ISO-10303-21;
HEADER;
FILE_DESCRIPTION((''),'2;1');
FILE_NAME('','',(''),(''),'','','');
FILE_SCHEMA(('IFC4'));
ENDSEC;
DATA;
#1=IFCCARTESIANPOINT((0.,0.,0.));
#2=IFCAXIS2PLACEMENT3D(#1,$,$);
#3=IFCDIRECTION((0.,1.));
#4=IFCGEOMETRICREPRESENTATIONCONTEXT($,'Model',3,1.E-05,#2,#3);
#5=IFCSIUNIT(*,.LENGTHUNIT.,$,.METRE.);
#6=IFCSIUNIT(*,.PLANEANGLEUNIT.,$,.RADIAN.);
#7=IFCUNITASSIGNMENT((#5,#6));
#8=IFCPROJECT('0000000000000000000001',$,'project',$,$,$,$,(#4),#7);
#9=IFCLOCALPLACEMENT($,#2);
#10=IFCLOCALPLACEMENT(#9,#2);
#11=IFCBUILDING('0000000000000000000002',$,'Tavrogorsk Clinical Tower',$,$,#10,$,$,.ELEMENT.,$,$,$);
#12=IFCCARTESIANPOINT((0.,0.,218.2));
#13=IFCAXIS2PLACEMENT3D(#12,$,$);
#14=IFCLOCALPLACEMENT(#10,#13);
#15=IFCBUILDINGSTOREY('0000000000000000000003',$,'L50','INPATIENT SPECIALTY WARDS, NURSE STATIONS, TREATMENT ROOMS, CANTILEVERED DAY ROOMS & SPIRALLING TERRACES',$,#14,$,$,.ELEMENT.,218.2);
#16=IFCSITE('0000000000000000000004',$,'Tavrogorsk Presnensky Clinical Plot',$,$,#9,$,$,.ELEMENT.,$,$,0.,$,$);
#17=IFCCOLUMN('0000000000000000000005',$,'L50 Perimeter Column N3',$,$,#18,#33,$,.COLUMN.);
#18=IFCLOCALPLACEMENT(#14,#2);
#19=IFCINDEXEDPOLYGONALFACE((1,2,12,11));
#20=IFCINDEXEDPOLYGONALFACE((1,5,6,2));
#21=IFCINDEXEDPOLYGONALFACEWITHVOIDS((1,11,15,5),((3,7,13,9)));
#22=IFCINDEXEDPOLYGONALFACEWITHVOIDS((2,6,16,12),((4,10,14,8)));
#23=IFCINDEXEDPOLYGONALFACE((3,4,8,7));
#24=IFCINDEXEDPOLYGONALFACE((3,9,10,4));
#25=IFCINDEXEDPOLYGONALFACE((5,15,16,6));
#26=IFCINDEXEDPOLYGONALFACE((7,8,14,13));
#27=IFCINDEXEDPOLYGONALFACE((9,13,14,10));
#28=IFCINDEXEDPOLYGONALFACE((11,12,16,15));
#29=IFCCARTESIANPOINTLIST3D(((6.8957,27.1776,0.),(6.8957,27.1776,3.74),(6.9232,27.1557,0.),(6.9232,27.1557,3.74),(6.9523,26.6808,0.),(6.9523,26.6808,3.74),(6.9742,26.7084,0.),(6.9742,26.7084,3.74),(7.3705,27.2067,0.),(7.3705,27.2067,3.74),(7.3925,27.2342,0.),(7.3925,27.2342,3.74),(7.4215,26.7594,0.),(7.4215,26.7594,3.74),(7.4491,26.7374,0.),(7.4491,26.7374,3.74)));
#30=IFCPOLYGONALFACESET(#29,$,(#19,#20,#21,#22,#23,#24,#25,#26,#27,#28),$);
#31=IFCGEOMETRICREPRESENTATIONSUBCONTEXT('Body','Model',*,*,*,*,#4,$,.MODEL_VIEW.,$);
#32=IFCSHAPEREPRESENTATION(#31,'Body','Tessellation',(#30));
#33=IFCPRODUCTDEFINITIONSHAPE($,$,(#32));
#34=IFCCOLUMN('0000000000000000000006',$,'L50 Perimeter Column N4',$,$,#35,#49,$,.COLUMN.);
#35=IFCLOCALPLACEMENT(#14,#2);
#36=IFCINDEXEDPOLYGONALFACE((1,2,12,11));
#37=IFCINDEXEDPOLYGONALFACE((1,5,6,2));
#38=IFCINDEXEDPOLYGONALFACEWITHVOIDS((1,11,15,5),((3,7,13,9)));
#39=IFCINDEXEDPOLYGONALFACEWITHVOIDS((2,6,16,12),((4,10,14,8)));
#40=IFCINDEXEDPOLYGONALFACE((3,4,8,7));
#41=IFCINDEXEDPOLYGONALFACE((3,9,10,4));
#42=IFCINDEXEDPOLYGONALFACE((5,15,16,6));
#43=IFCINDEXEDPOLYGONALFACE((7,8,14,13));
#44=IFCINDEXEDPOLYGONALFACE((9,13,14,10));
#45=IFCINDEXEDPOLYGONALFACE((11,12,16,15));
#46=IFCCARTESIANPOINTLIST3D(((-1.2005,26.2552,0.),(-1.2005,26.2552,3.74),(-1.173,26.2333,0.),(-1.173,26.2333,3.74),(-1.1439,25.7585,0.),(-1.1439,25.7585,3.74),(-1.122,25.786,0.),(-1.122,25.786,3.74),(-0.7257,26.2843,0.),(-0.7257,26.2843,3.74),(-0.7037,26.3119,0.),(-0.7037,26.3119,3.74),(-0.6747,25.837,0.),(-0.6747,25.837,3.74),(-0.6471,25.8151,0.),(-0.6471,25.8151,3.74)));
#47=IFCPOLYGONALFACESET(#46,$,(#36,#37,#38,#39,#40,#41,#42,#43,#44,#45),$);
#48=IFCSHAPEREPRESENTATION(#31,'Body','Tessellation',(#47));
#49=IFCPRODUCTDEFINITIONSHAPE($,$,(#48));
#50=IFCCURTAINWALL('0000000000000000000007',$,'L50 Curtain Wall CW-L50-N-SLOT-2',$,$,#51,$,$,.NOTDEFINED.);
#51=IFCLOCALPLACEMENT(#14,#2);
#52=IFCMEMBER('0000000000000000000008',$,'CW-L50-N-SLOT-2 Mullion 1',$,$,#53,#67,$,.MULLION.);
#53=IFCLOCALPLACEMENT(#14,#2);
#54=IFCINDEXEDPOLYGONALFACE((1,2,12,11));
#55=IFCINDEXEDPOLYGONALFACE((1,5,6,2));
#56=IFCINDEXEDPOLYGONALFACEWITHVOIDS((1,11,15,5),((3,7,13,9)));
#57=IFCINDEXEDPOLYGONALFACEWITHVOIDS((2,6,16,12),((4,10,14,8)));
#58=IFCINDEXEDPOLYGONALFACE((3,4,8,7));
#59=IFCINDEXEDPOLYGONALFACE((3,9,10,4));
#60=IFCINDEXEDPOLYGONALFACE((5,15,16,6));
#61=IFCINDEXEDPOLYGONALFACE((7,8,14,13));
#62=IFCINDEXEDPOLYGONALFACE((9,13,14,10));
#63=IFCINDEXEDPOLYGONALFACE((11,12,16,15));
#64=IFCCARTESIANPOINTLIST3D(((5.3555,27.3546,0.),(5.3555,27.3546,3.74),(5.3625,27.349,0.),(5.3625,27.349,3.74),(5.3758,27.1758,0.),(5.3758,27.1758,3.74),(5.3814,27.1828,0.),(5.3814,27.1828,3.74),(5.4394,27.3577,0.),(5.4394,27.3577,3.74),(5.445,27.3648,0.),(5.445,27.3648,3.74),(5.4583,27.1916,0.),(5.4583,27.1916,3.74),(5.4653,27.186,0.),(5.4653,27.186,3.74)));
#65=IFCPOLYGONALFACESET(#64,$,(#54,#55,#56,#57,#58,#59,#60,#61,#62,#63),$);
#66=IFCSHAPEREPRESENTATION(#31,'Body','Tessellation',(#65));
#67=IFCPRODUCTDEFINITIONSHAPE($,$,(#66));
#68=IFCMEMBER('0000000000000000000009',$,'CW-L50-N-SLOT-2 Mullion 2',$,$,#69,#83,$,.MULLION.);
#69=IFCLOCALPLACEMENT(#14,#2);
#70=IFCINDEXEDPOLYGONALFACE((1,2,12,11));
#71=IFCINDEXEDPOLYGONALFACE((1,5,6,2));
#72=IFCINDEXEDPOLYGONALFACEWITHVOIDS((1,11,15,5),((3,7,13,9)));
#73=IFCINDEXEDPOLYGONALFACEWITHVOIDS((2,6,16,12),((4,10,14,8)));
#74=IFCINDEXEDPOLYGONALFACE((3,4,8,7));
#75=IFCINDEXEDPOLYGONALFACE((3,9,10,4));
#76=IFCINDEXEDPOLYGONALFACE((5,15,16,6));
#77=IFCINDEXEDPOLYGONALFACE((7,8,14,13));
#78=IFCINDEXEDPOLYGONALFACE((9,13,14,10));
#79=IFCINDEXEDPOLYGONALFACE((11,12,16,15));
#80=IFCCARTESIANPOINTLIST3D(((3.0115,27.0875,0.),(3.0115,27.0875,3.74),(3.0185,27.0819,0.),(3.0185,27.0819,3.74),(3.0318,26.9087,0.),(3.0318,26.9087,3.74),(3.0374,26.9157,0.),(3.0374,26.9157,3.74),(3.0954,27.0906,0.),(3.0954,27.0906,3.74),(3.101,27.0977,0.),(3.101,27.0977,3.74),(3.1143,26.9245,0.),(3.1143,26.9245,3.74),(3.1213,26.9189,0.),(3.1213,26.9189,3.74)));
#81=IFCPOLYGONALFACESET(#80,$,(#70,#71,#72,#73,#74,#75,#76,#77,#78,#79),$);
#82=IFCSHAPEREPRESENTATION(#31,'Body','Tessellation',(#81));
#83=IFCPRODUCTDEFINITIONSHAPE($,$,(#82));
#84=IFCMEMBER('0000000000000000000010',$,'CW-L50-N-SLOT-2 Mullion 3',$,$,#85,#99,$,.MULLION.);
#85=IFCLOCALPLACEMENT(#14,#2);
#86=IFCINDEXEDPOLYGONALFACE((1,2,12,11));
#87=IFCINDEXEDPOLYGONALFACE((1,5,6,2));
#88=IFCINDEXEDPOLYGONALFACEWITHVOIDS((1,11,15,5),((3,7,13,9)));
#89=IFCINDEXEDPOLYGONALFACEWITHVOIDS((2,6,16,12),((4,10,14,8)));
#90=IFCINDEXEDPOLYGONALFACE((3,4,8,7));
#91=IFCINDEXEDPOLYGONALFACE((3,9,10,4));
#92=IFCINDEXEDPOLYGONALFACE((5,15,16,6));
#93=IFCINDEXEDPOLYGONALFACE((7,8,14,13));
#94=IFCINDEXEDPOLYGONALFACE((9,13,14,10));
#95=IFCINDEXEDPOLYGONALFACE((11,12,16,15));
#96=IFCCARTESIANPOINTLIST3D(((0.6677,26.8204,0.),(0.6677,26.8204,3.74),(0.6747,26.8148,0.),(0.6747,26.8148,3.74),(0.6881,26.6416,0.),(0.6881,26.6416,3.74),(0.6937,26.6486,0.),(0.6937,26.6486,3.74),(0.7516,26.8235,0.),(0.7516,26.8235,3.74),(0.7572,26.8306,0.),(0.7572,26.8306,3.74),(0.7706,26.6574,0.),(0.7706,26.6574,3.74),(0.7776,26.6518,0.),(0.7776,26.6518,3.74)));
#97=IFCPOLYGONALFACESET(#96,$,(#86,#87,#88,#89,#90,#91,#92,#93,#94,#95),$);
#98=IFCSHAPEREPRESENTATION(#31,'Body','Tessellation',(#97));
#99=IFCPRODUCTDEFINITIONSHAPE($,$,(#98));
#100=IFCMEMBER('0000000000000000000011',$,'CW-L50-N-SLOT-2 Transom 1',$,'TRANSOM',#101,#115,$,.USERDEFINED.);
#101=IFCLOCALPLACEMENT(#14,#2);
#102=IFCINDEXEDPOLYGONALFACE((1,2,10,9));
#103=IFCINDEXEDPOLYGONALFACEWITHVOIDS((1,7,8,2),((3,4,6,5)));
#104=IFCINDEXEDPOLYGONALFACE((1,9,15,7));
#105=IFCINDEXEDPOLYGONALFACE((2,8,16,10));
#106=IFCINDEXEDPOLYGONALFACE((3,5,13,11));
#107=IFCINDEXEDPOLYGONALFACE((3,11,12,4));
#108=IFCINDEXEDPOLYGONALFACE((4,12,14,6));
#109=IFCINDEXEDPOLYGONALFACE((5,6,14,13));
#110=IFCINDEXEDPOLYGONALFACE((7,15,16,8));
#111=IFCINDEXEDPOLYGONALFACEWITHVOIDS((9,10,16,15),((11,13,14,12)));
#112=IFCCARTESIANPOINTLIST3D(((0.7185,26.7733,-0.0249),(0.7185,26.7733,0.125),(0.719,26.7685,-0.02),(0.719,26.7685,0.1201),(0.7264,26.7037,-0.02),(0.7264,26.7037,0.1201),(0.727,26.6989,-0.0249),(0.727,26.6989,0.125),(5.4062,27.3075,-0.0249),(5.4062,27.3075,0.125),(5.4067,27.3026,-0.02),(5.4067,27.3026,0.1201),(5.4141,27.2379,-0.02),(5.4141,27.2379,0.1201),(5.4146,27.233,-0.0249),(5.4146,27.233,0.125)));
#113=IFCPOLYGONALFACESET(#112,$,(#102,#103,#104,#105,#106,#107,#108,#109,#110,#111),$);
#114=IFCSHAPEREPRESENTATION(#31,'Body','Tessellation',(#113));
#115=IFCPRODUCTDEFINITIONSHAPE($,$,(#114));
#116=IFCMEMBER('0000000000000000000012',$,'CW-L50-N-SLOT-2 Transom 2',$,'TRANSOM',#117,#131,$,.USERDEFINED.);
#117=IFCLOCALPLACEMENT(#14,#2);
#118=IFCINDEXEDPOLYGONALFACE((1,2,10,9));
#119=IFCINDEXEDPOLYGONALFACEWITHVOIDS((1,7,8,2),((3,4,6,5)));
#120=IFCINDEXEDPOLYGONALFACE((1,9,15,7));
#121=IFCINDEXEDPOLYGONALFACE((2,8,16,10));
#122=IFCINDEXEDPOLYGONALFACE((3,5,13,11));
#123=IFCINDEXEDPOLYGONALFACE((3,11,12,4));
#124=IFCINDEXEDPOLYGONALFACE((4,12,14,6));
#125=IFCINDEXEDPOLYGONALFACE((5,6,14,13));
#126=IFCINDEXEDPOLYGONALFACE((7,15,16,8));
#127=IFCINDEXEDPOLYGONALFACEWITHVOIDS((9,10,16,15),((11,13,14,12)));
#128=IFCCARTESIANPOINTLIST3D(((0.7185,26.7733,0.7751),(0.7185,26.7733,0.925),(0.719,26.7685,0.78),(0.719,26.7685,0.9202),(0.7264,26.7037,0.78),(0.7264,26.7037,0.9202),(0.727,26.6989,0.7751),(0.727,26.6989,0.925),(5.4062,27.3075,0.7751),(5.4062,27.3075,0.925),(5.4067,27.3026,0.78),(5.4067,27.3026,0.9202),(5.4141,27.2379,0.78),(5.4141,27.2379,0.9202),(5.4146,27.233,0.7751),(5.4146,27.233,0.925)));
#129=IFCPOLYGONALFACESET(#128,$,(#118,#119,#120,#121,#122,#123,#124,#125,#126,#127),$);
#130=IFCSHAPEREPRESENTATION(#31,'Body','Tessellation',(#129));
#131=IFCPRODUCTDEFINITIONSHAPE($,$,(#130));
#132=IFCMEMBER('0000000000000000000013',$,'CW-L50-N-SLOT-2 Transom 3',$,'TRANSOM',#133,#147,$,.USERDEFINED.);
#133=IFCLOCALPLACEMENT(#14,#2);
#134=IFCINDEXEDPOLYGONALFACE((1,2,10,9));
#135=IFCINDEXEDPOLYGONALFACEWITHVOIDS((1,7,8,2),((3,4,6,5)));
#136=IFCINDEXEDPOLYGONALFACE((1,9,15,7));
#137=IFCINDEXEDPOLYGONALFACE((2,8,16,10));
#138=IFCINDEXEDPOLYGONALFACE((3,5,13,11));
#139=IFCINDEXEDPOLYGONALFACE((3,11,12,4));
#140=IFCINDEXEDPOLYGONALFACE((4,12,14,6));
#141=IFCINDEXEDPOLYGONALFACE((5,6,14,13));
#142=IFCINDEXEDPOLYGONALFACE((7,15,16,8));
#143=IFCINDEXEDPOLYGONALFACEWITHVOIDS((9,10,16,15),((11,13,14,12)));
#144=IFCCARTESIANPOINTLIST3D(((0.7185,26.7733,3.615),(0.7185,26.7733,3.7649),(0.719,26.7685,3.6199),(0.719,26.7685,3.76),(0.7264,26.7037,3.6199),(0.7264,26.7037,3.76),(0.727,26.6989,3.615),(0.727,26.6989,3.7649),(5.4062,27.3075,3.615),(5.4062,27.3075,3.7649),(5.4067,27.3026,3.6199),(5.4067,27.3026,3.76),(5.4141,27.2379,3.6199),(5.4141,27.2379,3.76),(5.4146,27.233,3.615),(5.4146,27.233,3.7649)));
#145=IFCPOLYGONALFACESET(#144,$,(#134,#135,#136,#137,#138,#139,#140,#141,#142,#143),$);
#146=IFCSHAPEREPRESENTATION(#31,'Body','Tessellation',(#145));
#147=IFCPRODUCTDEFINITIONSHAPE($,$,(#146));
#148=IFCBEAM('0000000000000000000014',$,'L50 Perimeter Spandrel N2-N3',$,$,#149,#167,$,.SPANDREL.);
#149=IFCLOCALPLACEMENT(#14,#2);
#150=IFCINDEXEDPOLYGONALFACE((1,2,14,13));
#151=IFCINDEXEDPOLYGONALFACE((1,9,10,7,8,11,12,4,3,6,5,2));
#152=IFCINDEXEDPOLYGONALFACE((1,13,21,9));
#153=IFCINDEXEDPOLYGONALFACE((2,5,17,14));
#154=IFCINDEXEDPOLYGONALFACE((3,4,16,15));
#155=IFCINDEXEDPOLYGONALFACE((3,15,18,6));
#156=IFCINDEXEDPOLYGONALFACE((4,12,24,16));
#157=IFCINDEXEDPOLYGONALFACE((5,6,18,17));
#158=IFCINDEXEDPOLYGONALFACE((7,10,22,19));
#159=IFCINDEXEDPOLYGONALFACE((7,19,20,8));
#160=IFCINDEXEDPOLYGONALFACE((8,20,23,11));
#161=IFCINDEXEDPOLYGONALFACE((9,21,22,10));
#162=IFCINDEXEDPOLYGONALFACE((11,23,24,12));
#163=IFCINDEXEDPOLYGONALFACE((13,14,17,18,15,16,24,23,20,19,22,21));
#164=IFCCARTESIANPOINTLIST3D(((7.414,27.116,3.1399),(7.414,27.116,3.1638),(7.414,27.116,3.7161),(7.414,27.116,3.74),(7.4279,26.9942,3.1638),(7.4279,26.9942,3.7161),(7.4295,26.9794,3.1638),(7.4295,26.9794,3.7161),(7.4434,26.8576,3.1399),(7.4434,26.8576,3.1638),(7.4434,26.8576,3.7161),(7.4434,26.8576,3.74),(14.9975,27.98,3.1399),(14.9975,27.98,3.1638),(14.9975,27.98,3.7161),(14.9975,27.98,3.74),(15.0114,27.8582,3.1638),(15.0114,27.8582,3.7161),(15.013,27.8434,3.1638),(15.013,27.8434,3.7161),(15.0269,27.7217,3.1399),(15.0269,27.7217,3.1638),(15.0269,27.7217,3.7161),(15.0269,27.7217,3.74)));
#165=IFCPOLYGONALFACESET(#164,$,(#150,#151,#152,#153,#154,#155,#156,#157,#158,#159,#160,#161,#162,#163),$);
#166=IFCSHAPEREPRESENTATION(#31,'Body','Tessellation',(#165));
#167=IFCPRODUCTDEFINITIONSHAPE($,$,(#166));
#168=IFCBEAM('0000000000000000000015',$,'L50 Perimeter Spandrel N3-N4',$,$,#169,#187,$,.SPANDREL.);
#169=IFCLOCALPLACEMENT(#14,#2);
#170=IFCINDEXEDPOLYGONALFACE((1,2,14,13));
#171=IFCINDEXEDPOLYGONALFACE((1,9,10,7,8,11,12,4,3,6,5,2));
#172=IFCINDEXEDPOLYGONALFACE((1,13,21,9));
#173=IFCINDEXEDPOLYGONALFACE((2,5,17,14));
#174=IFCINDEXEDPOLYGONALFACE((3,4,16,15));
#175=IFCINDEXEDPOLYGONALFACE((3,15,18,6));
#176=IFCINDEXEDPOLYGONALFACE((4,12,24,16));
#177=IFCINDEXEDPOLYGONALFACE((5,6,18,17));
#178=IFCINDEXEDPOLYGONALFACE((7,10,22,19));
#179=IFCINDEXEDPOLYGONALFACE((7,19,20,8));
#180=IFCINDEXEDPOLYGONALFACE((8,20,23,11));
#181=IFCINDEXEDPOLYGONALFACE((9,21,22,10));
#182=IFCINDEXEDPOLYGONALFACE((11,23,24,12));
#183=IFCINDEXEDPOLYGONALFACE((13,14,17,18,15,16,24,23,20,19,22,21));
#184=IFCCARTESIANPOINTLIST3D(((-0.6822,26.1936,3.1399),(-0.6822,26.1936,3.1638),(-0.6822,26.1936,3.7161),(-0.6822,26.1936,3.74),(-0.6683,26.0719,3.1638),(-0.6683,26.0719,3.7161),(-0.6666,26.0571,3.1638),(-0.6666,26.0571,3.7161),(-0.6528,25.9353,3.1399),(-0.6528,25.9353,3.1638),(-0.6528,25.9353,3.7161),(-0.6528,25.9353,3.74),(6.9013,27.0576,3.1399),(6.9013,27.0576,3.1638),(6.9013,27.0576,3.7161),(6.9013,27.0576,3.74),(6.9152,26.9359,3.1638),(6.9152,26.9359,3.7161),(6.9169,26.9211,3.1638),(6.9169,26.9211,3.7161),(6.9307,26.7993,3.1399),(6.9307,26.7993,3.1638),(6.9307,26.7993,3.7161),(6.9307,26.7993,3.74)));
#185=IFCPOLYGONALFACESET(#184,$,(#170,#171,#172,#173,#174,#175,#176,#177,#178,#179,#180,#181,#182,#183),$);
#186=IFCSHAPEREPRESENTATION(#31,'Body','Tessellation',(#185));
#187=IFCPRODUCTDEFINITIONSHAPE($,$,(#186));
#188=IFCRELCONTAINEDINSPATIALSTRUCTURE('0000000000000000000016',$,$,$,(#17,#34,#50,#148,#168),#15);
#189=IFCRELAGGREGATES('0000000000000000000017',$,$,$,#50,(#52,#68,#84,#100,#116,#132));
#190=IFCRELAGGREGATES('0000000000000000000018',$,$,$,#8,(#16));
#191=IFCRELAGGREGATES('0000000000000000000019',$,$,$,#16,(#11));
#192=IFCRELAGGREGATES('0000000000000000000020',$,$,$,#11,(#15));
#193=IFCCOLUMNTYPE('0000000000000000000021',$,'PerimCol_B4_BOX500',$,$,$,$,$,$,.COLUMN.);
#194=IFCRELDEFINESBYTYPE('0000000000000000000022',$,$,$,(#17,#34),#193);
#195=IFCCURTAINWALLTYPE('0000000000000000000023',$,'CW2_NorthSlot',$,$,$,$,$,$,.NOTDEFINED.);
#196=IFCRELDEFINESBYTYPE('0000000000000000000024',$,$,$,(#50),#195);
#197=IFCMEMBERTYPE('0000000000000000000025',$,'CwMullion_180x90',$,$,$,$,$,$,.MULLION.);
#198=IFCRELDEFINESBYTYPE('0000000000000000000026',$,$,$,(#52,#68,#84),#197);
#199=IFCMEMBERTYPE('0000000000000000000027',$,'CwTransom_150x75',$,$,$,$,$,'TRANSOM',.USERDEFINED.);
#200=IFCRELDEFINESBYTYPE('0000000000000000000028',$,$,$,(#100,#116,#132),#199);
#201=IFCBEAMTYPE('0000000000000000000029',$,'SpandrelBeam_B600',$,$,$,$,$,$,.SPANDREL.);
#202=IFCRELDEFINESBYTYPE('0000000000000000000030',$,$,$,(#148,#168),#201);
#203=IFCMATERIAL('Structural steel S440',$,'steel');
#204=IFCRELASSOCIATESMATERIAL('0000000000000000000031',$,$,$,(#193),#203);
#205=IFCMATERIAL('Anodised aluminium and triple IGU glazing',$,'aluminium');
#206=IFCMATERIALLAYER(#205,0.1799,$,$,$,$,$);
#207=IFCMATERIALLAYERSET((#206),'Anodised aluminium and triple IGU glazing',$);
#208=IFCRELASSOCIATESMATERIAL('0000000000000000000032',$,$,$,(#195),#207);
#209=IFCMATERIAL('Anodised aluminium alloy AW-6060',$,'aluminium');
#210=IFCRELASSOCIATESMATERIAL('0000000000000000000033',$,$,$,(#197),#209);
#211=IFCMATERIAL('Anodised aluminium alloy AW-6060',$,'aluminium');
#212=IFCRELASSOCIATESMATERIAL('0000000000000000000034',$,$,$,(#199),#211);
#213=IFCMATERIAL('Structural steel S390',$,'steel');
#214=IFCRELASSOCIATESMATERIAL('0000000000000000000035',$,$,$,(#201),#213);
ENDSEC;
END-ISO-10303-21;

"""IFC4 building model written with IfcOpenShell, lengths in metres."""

from ifc_helpers import new_model, si_unit, direction, frame, origin, origin_2d, place, context, subcontext, project, spatial, hollow_rectangle, i_section, extrude, material, layer, layer_set, material_profile, profile_set, type_object, element, aggregate, save


model = new_model("IFC4")

# Units and contexts
model_context = context("Model", 3, precision=1e-05, world=origin(), true_north=direction((0.0, 1.0)))
body_context = subcontext(model_context, "Body", "Model", "MODEL_VIEW")
ifc_project = project(units=[si_unit("LENGTHUNIT", "METRE"), si_unit("PLANEANGLEUNIT", "RADIAN")], contexts=[model_context])

# Site, building, storey
site_placement = place(None, origin())
site = spatial("IfcSite", under=ifc_project, at=site_placement, Name="Tavrogorsk Presnensky Clinical Plot", CompositionType="ELEMENT", RefElevation=0.0)
building_placement = place(site_placement, origin())
building = spatial("IfcBuilding", under=site, at=building_placement, Name="Tavrogorsk Clinical Tower", CompositionType="ELEMENT")
storey_placement = place(building_placement, frame((0.0, 0.0, 218.2)))
storey = spatial("IfcBuildingStorey", under=building, at=storey_placement, Name="L50", Description="INPATIENT SPECIALTY WARDS, NURSE STATIONS, TREATMENT ROOMS, CANTILEVERED DAY ROOMS & SPIRALLING TERRACES", CompositionType="ELEMENT", Elevation=218.2)

# Columns
ifc_material_1 = material(Name="Structural steel S440", Category="steel")
ifc_material_profile_1 = material_profile(ifc_material_1, hollow_rectangle(XDim=0.5, YDim=0.5, WallThickness=0.0249, at=origin_2d()), Name="BOX-500x500x25")
ifc_profile_set_1 = profile_set([ifc_material_profile_1], Name="Structural steel S440")
column_type = type_object("IfcColumnType", Name="PerimCol_B4_BOX500", PredefinedType="COLUMN", material=ifc_profile_set_1)
for number, where, z_axis, x_axis, name in (
    (1, (7.1724, 26.9575, 0.0), (0.0, 0.0, 1.0), (0.993572, 0.113203, 0.0), "L50 Perimeter Column N3"),
    (2, (-0.9238, 26.0352, 0.0), (0.0, 0.0, 1.0), (0.993572, 0.113203, 0.0), "L50 Perimeter Column N4"),
):
    element("IfcColumn", number, at=place(storey_placement, frame(where, z_axis=z_axis, x_axis=x_axis)), inside=storey, type_object=column_type, Name=name, PredefinedType="COLUMN", context=body_context, shape_type="SweptSolid", body=[
        extrude(hollow_rectangle(XDim=0.5, YDim=0.5, WallThickness=0.0249, at=origin_2d()), origin(), (0.0, 0.0, 1.0), 3.74),
    ])

# Curtain wall, members
ifc_material_2 = material(Name="Anodised aluminium and triple IGU glazing", Category="aluminium")
ifc_layer_1 = layer(ifc_material_2, 0.1799)
ifc_layer_set_1 = layer_set([ifc_layer_1], Name="Anodised aluminium and triple IGU glazing")
curtain_wall_type = type_object("IfcCurtainWallType", Name="CW2_NorthSlot", PredefinedType="NOTDEFINED", material=ifc_layer_set_1)
curtain_wall_placement = place(storey_placement, origin())
curtain_wall = element("IfcCurtainWall", 3, at=curtain_wall_placement, inside=storey, type_object=curtain_wall_type, Name="L50 Curtain Wall CW-L50-N-SLOT-2", PredefinedType="NOTDEFINED")
ifc_material_3 = material(Name="Anodised aluminium alloy AW-6060", Category="aluminium")
ifc_material_profile_2 = material_profile(ifc_material_3, hollow_rectangle(XDim=0.0901, YDim=0.1799, WallThickness=0.0063, at=origin_2d()), Name="RHS-180x90x6.3")
ifc_profile_set_2 = profile_set([ifc_material_profile_2], Name="Anodised aluminium alloy AW-6060")
member_type_1 = type_object("IfcMemberType", Name="CwMullion_180x90", PredefinedType="MULLION", material=ifc_profile_set_2)
member_1_placement = place(storey_placement, frame((5.4104, 27.2703, 0.0), z_axis=(0.0, 0.0, 1.0), x_axis=(-0.993572, -0.113203, 0.0)))
member_1 = element("IfcMember", 4, at=member_1_placement, type_object=member_type_1, Name="CW-L50-N-SLOT-2 Mullion 1", PredefinedType="MULLION", context=body_context, shape_type="SweptSolid", body=[
    extrude(hollow_rectangle(XDim=0.0901, YDim=0.1799, WallThickness=0.0063, at=origin_2d()), origin(), (0.0, 0.0, 1.0), 3.74),
])
member_2_placement = place(storey_placement, frame((3.0664, 27.0032, 0.0), z_axis=(0.0, 0.0, 1.0), x_axis=(-0.993572, -0.113203, 0.0)))
member_2 = element("IfcMember", 5, at=member_2_placement, type_object=member_type_1, Name="CW-L50-N-SLOT-2 Mullion 2", PredefinedType="MULLION", context=body_context, shape_type="SweptSolid", body=[
    extrude(hollow_rectangle(XDim=0.0901, YDim=0.1799, WallThickness=0.0063, at=origin_2d()), origin(), (0.0, 0.0, 1.0), 3.74),
])
member_3_placement = place(storey_placement, frame((0.7227, 26.7361, 0.0), z_axis=(0.0, 0.0, 1.0), x_axis=(-0.993572, -0.113203, 0.0)))
member_3 = element("IfcMember", 6, at=member_3_placement, type_object=member_type_1, Name="CW-L50-N-SLOT-2 Mullion 3", PredefinedType="MULLION", context=body_context, shape_type="SweptSolid", body=[
    extrude(hollow_rectangle(XDim=0.0901, YDim=0.1799, WallThickness=0.0063, at=origin_2d()), origin(), (0.0, 0.0, 1.0), 3.74),
])
ifc_material_4 = material(Name="Anodised aluminium alloy AW-6060", Category="aluminium")
ifc_material_profile_3 = material_profile(ifc_material_4, hollow_rectangle(XDim=0.075, YDim=0.1499, WallThickness=0.0049, at=origin_2d()), Name="RHS-150x75x5")
ifc_profile_set_3 = profile_set([ifc_material_profile_3], Name="Anodised aluminium alloy AW-6060")
member_type_2 = type_object("IfcMemberType", Name="CwTransom_150x75", ElementType="TRANSOM", PredefinedType="USERDEFINED", material=ifc_profile_set_3)
member_4_placement = place(storey_placement, frame((5.4104, 27.2703, 0.05), z_axis=(-0.99357, -0.11322, 0.0), x_axis=(0.11322, -0.99357, 0.0)))
member_4 = element("IfcMember", 7, at=member_4_placement, type_object=member_type_2, Name="CW-L50-N-SLOT-2 Transom 1", ObjectType="TRANSOM", PredefinedType="USERDEFINED", context=body_context, shape_type="SweptSolid", body=[
    extrude(hollow_rectangle(XDim=0.075, YDim=0.1499, WallThickness=0.0049, at=origin_2d()), origin(), (0.0, 0.0, 1.0), 4.718),
])
member_5_placement = place(storey_placement, frame((5.4104, 27.2703, 0.8501), z_axis=(-0.99357, -0.11322, 0.0), x_axis=(0.11322, -0.99357, 0.0)))
member_5 = element("IfcMember", 8, at=member_5_placement, type_object=member_type_2, Name="CW-L50-N-SLOT-2 Transom 2", ObjectType="TRANSOM", PredefinedType="USERDEFINED", context=body_context, shape_type="SweptSolid", body=[
    extrude(hollow_rectangle(XDim=0.075, YDim=0.1499, WallThickness=0.0049, at=origin_2d()), origin(), (0.0, 0.0, 1.0), 4.718),
])
member_6_placement = place(storey_placement, frame((5.4104, 27.2703, 3.6899), z_axis=(-0.99357, -0.11322, 0.0), x_axis=(0.11322, -0.99357, 0.0)))
member_6 = element("IfcMember", 9, at=member_6_placement, type_object=member_type_2, Name="CW-L50-N-SLOT-2 Transom 3", ObjectType="TRANSOM", PredefinedType="USERDEFINED", context=body_context, shape_type="SweptSolid", body=[
    extrude(hollow_rectangle(XDim=0.075, YDim=0.1499, WallThickness=0.0049, at=origin_2d()), origin(), (0.0, 0.0, 1.0), 4.718),
])

# Beams
ifc_material_5 = material(Name="Structural steel S390", Category="steel")
ifc_material_profile_4 = material_profile(ifc_material_5, i_section(OverallWidth=0.26, OverallDepth=0.6001, WebThickness=0.0149, FlangeThickness=0.0239, at=origin_2d()), Name="B-600x260x15x24")
ifc_profile_set_4 = profile_set([ifc_material_profile_4], Name="Structural steel S390")
beam_type = type_object("IfcBeamType", Name="SpandrelBeam_B600", PredefinedType="SPANDREL", material=ifc_profile_set_4)
for number, where, z_axis, x_axis, name in (
    (10, (15.0122, 27.8508, 3.4399), (-0.993572, -0.113201, 0.0), (0.113201, -0.993572, 0.0), "L50 Perimeter Spandrel N2-N3"),
    (11, (6.916, 26.9285, 3.4399), (-0.993572, -0.113201, 0.0), (0.113201, -0.993572, 0.0), "L50 Perimeter Spandrel N3-N4"),
):
    element("IfcBeam", number, at=place(storey_placement, frame(where, z_axis=z_axis, x_axis=x_axis)), inside=storey, type_object=beam_type, Name=name, PredefinedType="SPANDREL", context=body_context, shape_type="SweptSolid", body=[
        extrude(i_section(OverallWidth=0.26, OverallDepth=0.6001, WebThickness=0.0149, FlangeThickness=0.0239, at=origin_2d()), origin(), (0.0, 0.0, 1.0), 7.6326),
    ])

aggregate(curtain_wall, [member_1, member_2, member_3, member_4, member_5, member_6])

save(model, "model.ifc")
